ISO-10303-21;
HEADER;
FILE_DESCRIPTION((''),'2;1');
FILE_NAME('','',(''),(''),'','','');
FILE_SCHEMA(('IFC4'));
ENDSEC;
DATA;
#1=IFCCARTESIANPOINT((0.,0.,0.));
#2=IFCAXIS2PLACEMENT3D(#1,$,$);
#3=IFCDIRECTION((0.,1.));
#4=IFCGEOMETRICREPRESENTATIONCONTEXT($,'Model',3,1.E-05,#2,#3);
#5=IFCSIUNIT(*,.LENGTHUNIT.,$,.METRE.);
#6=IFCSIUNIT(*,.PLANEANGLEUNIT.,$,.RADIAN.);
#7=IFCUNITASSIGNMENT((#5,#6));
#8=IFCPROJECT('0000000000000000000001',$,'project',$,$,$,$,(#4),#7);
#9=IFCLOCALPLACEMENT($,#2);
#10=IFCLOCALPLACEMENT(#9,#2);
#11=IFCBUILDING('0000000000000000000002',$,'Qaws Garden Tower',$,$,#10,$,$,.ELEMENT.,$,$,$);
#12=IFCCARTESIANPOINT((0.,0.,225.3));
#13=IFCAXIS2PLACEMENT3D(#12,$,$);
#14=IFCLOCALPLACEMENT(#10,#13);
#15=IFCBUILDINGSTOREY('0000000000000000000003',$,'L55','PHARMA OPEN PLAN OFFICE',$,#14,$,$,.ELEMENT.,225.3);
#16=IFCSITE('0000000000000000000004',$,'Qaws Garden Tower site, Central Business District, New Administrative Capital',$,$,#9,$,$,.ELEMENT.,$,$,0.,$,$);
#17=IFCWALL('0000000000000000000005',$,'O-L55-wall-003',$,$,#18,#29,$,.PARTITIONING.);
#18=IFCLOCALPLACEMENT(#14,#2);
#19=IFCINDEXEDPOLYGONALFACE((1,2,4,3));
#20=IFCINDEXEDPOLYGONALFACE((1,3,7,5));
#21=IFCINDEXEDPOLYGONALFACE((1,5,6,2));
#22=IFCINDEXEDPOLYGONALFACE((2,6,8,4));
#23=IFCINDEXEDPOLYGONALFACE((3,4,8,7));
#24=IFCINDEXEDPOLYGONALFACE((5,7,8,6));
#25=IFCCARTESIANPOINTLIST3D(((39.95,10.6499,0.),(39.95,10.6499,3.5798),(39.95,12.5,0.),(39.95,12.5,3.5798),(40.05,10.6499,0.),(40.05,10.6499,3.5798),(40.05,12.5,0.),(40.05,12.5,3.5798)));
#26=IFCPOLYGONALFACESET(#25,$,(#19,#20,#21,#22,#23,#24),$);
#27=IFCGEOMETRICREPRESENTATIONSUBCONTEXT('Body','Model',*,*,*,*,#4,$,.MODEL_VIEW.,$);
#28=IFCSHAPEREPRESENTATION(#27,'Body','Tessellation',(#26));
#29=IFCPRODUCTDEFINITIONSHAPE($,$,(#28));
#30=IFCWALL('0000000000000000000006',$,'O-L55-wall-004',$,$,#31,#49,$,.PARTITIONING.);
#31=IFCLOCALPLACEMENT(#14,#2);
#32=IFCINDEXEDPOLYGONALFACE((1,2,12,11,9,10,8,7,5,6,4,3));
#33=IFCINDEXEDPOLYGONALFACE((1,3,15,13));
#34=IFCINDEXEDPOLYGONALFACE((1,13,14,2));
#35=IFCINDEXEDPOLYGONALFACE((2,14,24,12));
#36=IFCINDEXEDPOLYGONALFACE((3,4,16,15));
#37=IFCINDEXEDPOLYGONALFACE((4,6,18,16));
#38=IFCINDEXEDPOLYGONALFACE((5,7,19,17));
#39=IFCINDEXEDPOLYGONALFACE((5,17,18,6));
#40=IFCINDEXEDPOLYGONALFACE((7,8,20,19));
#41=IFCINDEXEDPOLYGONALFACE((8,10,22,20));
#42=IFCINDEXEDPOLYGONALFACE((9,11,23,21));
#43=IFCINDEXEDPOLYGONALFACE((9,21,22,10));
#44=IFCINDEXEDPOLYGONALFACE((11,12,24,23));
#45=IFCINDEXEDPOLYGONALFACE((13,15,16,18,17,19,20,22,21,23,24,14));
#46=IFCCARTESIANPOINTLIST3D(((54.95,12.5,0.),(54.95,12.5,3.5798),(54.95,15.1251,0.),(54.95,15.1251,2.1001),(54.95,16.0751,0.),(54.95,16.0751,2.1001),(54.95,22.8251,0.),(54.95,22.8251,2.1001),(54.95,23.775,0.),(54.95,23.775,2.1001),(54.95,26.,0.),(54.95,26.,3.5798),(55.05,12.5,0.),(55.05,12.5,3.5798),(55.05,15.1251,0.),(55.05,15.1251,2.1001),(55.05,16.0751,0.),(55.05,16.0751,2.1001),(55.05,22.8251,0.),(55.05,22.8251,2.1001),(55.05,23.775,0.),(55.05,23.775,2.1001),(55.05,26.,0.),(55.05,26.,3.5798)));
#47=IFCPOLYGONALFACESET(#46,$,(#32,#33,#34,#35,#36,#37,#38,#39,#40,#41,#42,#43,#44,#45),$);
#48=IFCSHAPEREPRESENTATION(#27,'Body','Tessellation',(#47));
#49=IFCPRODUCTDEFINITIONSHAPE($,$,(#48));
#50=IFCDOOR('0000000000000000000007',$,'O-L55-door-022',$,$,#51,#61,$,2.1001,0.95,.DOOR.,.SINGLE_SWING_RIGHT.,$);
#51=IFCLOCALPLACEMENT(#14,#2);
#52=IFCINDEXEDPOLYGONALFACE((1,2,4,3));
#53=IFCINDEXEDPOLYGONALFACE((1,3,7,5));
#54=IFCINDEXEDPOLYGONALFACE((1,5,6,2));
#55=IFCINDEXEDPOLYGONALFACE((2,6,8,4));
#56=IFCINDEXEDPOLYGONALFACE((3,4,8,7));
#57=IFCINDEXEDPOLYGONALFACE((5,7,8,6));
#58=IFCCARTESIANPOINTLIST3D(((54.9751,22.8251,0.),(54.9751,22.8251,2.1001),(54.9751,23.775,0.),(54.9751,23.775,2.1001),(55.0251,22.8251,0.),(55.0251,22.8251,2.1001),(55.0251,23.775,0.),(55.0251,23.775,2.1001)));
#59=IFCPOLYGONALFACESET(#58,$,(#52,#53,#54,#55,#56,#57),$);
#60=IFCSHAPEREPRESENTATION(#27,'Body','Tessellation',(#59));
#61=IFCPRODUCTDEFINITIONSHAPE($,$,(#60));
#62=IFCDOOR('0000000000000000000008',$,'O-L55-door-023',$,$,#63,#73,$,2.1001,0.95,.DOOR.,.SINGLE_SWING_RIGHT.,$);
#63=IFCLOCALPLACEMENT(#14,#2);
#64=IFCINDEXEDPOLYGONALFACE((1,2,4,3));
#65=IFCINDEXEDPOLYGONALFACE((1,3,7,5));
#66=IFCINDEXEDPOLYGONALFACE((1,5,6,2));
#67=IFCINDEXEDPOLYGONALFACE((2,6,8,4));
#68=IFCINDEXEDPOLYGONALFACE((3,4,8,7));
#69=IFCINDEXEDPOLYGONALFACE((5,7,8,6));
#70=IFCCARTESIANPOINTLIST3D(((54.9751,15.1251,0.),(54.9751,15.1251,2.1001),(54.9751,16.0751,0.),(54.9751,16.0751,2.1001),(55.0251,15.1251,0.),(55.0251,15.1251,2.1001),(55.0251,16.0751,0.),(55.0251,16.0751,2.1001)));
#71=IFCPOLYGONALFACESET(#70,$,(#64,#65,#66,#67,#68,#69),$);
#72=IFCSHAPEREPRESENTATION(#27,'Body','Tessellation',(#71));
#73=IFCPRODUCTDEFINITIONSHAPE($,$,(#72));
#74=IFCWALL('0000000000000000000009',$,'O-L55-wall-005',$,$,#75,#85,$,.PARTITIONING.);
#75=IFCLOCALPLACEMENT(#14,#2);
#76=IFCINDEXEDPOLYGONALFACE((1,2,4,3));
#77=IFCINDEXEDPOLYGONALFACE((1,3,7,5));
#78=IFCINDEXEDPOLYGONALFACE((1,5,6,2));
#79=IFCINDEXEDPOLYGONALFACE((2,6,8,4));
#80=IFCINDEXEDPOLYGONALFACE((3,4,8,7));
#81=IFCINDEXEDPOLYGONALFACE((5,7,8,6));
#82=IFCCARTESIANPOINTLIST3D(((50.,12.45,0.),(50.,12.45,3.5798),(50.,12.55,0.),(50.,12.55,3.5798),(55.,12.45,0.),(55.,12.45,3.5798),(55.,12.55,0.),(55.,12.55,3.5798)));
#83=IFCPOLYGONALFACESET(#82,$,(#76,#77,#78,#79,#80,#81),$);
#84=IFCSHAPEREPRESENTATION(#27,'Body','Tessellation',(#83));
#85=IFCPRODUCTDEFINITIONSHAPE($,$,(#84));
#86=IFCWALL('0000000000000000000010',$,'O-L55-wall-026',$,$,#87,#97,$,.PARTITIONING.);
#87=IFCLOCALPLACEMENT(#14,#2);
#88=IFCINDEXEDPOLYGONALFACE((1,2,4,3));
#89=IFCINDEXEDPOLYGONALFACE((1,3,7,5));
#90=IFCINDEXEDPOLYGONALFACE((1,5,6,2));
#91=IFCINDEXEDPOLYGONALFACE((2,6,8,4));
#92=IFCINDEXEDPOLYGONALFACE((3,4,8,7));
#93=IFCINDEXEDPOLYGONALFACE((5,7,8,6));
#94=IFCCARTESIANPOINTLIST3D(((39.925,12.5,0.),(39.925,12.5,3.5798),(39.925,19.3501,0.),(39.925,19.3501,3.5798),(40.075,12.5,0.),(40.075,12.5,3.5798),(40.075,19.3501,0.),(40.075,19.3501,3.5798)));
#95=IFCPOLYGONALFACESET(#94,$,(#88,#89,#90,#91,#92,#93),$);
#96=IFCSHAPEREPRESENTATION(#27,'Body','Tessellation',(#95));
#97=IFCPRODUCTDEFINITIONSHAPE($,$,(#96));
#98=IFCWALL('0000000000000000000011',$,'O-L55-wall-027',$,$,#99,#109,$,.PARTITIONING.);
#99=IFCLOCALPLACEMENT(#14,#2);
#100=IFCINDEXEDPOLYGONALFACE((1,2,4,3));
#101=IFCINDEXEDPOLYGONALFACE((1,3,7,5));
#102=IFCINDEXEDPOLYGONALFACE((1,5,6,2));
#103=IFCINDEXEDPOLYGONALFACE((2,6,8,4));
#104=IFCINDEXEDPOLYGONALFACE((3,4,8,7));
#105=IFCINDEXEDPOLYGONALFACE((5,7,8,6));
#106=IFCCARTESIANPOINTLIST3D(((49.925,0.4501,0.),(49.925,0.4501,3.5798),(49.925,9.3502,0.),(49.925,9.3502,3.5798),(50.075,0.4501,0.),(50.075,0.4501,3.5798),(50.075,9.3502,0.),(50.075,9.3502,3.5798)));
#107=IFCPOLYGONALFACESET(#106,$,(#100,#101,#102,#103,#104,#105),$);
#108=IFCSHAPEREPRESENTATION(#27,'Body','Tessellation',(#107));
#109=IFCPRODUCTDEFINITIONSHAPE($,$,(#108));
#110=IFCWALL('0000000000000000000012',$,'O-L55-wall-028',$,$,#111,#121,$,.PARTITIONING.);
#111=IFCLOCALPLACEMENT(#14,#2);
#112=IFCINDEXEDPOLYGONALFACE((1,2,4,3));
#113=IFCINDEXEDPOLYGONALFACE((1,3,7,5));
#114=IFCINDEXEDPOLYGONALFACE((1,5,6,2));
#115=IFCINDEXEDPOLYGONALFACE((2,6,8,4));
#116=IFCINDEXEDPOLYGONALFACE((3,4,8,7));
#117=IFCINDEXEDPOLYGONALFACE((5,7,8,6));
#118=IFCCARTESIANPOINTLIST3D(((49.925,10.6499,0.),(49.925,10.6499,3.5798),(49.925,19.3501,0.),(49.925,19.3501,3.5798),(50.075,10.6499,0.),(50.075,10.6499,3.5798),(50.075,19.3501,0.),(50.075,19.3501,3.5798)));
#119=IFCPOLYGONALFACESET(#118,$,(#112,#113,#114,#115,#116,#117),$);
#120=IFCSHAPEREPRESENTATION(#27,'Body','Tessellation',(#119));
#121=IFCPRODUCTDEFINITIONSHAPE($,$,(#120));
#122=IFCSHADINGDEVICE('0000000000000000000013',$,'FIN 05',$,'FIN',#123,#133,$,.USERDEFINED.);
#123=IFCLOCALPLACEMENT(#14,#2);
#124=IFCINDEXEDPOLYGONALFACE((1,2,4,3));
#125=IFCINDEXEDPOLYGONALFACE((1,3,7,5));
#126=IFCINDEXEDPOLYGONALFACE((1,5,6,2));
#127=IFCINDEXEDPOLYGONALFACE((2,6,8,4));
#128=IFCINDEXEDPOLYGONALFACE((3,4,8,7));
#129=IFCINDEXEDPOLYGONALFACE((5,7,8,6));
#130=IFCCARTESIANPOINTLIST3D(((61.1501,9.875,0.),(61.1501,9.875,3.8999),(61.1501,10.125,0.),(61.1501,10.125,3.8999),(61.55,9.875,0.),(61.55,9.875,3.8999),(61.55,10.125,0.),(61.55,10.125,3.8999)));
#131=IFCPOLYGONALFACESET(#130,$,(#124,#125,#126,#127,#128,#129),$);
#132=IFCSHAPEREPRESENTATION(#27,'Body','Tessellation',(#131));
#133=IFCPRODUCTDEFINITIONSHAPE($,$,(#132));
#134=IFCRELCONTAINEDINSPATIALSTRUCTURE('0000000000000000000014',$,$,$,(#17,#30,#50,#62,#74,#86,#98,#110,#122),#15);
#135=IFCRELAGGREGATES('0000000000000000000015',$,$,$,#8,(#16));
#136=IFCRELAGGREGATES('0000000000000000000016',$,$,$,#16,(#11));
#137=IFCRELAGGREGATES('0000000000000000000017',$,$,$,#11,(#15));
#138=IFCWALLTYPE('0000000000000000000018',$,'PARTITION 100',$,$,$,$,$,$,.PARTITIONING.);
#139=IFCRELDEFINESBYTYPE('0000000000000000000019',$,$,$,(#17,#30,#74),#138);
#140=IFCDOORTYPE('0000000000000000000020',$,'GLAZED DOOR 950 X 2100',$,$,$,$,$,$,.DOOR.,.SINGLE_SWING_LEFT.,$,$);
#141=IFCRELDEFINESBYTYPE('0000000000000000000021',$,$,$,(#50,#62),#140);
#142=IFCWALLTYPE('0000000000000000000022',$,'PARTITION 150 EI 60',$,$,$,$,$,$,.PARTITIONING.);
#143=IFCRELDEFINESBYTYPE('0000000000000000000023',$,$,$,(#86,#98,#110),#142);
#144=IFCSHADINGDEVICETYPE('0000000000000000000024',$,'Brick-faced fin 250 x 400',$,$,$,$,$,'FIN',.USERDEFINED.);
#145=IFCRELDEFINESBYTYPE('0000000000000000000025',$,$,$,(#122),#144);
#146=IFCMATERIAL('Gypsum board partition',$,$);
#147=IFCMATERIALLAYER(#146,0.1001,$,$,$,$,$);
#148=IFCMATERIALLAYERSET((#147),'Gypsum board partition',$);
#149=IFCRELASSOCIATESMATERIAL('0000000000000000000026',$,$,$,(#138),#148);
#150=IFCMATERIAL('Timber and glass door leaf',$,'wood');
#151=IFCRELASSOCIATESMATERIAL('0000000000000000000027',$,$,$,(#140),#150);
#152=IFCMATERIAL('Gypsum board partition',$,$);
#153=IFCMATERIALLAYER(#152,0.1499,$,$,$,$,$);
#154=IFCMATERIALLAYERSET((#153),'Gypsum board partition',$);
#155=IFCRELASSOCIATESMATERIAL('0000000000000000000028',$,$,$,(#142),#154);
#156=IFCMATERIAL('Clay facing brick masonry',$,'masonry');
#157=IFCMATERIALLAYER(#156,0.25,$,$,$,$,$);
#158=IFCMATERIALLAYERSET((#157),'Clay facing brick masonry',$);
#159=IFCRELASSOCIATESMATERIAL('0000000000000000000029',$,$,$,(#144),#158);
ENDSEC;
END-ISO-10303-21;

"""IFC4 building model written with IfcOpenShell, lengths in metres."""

from ifc_helpers import new_model, si_unit, direction, frame, frame_2d, origin, origin_2d, place, context, subcontext, project, spatial, rectangle, extrude, material, layer, layer_set, type_object, element, fill, save


model = new_model("IFC4")

# Units and contexts
model_context = context("Model", 3, precision=1e-05, world=origin(), true_north=direction((0.0, 1.0)))
body_context = subcontext(model_context, "Body", "Model", "MODEL_VIEW")
ifc_project = project(units=[si_unit("LENGTHUNIT", "METRE"), si_unit("PLANEANGLEUNIT", "RADIAN")], contexts=[model_context])

# Site, building, storey
site_placement = place(None, origin())
site = spatial("IfcSite", under=ifc_project, at=site_placement, Name="Qaws Garden Tower site, Central Business District, New Administrative Capital", CompositionType="ELEMENT", RefElevation=0.0)
building_placement = place(site_placement, origin())
building = spatial("IfcBuilding", under=site, at=building_placement, Name="Qaws Garden Tower", CompositionType="ELEMENT")
storey_placement = place(building_placement, frame((0.0, 0.0, 225.3)))
storey = spatial("IfcBuildingStorey", under=building, at=storey_placement, Name="L55", Description="PHARMA OPEN PLAN OFFICE", CompositionType="ELEMENT", Elevation=225.3)

# Wall
ifc_material_1 = material(Name="Gypsum board partition")
ifc_layer_1 = layer(ifc_material_1, 0.1001)
ifc_layer_set_1 = layer_set([ifc_layer_1], Name="Gypsum board partition")
wall_type_1 = type_object("IfcWallType", Name="PARTITION 100", PredefinedType="PARTITIONING", material=ifc_layer_set_1)
wall_1_placement = place(storey_placement, frame((40.0, 10.6499, 0.0), z_axis=(0.0, 0.0, 1.0), x_axis=(0.0, 1.0, 0.0)))
element("IfcWall", 1, at=wall_1_placement, inside=storey, type_object=wall_type_1, Name="O-L55-wall-003", PredefinedType="PARTITIONING", context=body_context, shape_type="SweptSolid", body=[
    extrude(rectangle(XDim=1.8501, YDim=0.1001, at=frame_2d((0.925, 0.0))), origin(), (0.0, 0.0, 1.0), 3.5798),
])

# Wall, openings, doors
wall_2_placement = place(storey_placement, frame((55.0, 12.5, 0.0), z_axis=(0.0, 0.0, 1.0), x_axis=(0.0, 1.0, 0.0)))
wall_2 = element("IfcWall", 2, at=wall_2_placement, inside=storey, type_object=wall_type_1, Name="O-L55-wall-004", PredefinedType="PARTITIONING", context=body_context, shape_type="SweptSolid", body=[
    extrude(rectangle(XDim=13.5, YDim=0.1001, at=frame_2d((6.75, 0.0))), origin(), (0.0, 0.0, 1.0), 3.5798),
])
opening_1_placement = place(wall_2_placement, frame((10.325, 0.0, 0.0)))
opening_1 = element("IfcOpeningElement", 3, at=opening_1_placement, cuts=wall_2, PredefinedType="OPENING", context=body_context, shape_type="SweptSolid", body=[
    extrude(rectangle(XDim=0.95, YDim=2.1001, at=frame_2d((0.4751, 1.05))), frame((0.0, 0.0601, 0.0), z_axis=(0.0, -1.0, 0.0), x_axis=(1.0, 0.0, 0.0)), (0.0, 0.0, 1.0), 0.1201),
])
opening_2_placement = place(wall_2_placement, frame((2.625, 0.0, 0.0)))
opening_2 = element("IfcOpeningElement", 4, at=opening_2_placement, cuts=wall_2, PredefinedType="OPENING", context=body_context, shape_type="SweptSolid", body=[
    extrude(rectangle(XDim=0.95, YDim=2.1001, at=frame_2d((0.4751, 1.05))), frame((0.0, 0.0601, 0.0), z_axis=(0.0, -1.0, 0.0), x_axis=(1.0, 0.0, 0.0)), (0.0, 0.0, 1.0), 0.1201),
])
ifc_material_2 = material(Name="Timber and glass door leaf", Category="wood")
door_type = type_object("IfcDoorType", Name="GLAZED DOOR 950 X 2100", OperationType="SINGLE_SWING_LEFT", PredefinedType="DOOR", material=ifc_material_2)
door_1_placement = place(opening_1_placement, origin())
door_1 = element("IfcDoor", 5, at=door_1_placement, inside=storey, type_object=door_type, Name="O-L55-door-022", OperationType="SINGLE_SWING_RIGHT", OverallHeight=2.1001, OverallWidth=0.95, PredefinedType="DOOR", context=body_context, shape_type="SweptSolid", body=[
    extrude(rectangle(XDim=0.95, YDim=2.1001, at=frame_2d((0.4751, 1.05))), frame((0.0, 0.0249, 0.0), z_axis=(0.0, -1.0, 0.0), x_axis=(1.0, 0.0, 0.0)), (0.0, 0.0, 1.0), 0.05),
])
fill(opening_1, door_1)
door_2_placement = place(opening_2_placement, origin())
door_2 = element("IfcDoor", 6, at=door_2_placement, inside=storey, type_object=door_type, Name="O-L55-door-023", OperationType="SINGLE_SWING_RIGHT", OverallHeight=2.1001, OverallWidth=0.95, PredefinedType="DOOR", context=body_context, shape_type="SweptSolid", body=[
    extrude(rectangle(XDim=0.95, YDim=2.1001, at=frame_2d((0.4751, 1.05))), frame((0.0, 0.0249, 0.0), z_axis=(0.0, -1.0, 0.0), x_axis=(1.0, 0.0, 0.0)), (0.0, 0.0, 1.0), 0.05),
])
fill(opening_2, door_2)

# Walls
wall_3_placement = place(storey_placement, frame((50.0, 12.5, 0.0), z_axis=(0.0, 0.0, 1.0), x_axis=(1.0, 0.0, 0.0)))
element("IfcWall", 7, at=wall_3_placement, inside=storey, type_object=wall_type_1, Name="O-L55-wall-005", PredefinedType="PARTITIONING", context=body_context, shape_type="SweptSolid", body=[
    extrude(rectangle(XDim=5.0, YDim=0.1001, at=frame_2d((2.5, 0.0))), origin(), (0.0, 0.0, 1.0), 3.5798),
])
ifc_material_3 = material(Name="Gypsum board partition")
ifc_layer_2 = layer(ifc_material_3, 0.1499)
ifc_layer_set_2 = layer_set([ifc_layer_2], Name="Gypsum board partition")
wall_type_2 = type_object("IfcWallType", Name="PARTITION 150 EI 60", PredefinedType="PARTITIONING", material=ifc_layer_set_2)
wall_4_placement = place(storey_placement, frame((40.0, 12.5, 0.0), z_axis=(0.0, 0.0, 1.0), x_axis=(0.0, 1.0, 0.0)))
element("IfcWall", 8, at=wall_4_placement, inside=storey, type_object=wall_type_2, Name="O-L55-wall-026", PredefinedType="PARTITIONING", context=body_context, shape_type="SweptSolid", body=[
    extrude(rectangle(XDim=6.8501, YDim=0.1499, at=frame_2d((3.425, 0.0))), origin(), (0.0, 0.0, 1.0), 3.5798),
])
wall_5_placement = place(storey_placement, frame((50.0, 0.45, 0.0), z_axis=(0.0, 0.0, 1.0), x_axis=(0.0, 1.0, 0.0)))
element("IfcWall", 9, at=wall_5_placement, inside=storey, type_object=wall_type_2, Name="O-L55-wall-027", PredefinedType="PARTITIONING", context=body_context, shape_type="SweptSolid", body=[
    extrude(rectangle(XDim=8.9001, YDim=0.1499, at=frame_2d((4.4502, 0.0))), origin(), (0.0, 0.0, 1.0), 3.5798),
])
wall_6_placement = place(storey_placement, frame((50.0, 10.6499, 0.0), z_axis=(0.0, 0.0, 1.0), x_axis=(0.0, 1.0, 0.0)))
element("IfcWall", 10, at=wall_6_placement, inside=storey, type_object=wall_type_2, Name="O-L55-wall-028", PredefinedType="PARTITIONING", context=body_context, shape_type="SweptSolid", body=[
    extrude(rectangle(XDim=8.7002, YDim=0.1499, at=frame_2d((4.3501, 0.0))), origin(), (0.0, 0.0, 1.0), 3.5798),
])

# Shading device
ifc_material_4 = material(Name="Clay facing brick masonry", Category="masonry")
ifc_layer_3 = layer(ifc_material_4, 0.25)
ifc_layer_set_3 = layer_set([ifc_layer_3], Name="Clay facing brick masonry")
shading_device_type = type_object("IfcShadingDeviceType", Name="Brick-faced fin 250 x 400", ElementType="FIN", PredefinedType="USERDEFINED", material=ifc_layer_set_3)
shading_device_placement = place(storey_placement, frame((61.3501, 10.0, 0.0), z_axis=(0.0, 0.0, 1.0), x_axis=(0.0, 1.0, 0.0)))
element("IfcShadingDevice", 11, at=shading_device_placement, inside=storey, type_object=shading_device_type, Name="FIN 05", ObjectType="FIN", PredefinedType="USERDEFINED", context=body_context, shape_type="SweptSolid", body=[
    extrude(rectangle(XDim=0.25, YDim=0.3999, at=origin_2d()), origin(), (0.0, 0.0, 1.0), 3.8999),
])

save(model, "model.ifc")
